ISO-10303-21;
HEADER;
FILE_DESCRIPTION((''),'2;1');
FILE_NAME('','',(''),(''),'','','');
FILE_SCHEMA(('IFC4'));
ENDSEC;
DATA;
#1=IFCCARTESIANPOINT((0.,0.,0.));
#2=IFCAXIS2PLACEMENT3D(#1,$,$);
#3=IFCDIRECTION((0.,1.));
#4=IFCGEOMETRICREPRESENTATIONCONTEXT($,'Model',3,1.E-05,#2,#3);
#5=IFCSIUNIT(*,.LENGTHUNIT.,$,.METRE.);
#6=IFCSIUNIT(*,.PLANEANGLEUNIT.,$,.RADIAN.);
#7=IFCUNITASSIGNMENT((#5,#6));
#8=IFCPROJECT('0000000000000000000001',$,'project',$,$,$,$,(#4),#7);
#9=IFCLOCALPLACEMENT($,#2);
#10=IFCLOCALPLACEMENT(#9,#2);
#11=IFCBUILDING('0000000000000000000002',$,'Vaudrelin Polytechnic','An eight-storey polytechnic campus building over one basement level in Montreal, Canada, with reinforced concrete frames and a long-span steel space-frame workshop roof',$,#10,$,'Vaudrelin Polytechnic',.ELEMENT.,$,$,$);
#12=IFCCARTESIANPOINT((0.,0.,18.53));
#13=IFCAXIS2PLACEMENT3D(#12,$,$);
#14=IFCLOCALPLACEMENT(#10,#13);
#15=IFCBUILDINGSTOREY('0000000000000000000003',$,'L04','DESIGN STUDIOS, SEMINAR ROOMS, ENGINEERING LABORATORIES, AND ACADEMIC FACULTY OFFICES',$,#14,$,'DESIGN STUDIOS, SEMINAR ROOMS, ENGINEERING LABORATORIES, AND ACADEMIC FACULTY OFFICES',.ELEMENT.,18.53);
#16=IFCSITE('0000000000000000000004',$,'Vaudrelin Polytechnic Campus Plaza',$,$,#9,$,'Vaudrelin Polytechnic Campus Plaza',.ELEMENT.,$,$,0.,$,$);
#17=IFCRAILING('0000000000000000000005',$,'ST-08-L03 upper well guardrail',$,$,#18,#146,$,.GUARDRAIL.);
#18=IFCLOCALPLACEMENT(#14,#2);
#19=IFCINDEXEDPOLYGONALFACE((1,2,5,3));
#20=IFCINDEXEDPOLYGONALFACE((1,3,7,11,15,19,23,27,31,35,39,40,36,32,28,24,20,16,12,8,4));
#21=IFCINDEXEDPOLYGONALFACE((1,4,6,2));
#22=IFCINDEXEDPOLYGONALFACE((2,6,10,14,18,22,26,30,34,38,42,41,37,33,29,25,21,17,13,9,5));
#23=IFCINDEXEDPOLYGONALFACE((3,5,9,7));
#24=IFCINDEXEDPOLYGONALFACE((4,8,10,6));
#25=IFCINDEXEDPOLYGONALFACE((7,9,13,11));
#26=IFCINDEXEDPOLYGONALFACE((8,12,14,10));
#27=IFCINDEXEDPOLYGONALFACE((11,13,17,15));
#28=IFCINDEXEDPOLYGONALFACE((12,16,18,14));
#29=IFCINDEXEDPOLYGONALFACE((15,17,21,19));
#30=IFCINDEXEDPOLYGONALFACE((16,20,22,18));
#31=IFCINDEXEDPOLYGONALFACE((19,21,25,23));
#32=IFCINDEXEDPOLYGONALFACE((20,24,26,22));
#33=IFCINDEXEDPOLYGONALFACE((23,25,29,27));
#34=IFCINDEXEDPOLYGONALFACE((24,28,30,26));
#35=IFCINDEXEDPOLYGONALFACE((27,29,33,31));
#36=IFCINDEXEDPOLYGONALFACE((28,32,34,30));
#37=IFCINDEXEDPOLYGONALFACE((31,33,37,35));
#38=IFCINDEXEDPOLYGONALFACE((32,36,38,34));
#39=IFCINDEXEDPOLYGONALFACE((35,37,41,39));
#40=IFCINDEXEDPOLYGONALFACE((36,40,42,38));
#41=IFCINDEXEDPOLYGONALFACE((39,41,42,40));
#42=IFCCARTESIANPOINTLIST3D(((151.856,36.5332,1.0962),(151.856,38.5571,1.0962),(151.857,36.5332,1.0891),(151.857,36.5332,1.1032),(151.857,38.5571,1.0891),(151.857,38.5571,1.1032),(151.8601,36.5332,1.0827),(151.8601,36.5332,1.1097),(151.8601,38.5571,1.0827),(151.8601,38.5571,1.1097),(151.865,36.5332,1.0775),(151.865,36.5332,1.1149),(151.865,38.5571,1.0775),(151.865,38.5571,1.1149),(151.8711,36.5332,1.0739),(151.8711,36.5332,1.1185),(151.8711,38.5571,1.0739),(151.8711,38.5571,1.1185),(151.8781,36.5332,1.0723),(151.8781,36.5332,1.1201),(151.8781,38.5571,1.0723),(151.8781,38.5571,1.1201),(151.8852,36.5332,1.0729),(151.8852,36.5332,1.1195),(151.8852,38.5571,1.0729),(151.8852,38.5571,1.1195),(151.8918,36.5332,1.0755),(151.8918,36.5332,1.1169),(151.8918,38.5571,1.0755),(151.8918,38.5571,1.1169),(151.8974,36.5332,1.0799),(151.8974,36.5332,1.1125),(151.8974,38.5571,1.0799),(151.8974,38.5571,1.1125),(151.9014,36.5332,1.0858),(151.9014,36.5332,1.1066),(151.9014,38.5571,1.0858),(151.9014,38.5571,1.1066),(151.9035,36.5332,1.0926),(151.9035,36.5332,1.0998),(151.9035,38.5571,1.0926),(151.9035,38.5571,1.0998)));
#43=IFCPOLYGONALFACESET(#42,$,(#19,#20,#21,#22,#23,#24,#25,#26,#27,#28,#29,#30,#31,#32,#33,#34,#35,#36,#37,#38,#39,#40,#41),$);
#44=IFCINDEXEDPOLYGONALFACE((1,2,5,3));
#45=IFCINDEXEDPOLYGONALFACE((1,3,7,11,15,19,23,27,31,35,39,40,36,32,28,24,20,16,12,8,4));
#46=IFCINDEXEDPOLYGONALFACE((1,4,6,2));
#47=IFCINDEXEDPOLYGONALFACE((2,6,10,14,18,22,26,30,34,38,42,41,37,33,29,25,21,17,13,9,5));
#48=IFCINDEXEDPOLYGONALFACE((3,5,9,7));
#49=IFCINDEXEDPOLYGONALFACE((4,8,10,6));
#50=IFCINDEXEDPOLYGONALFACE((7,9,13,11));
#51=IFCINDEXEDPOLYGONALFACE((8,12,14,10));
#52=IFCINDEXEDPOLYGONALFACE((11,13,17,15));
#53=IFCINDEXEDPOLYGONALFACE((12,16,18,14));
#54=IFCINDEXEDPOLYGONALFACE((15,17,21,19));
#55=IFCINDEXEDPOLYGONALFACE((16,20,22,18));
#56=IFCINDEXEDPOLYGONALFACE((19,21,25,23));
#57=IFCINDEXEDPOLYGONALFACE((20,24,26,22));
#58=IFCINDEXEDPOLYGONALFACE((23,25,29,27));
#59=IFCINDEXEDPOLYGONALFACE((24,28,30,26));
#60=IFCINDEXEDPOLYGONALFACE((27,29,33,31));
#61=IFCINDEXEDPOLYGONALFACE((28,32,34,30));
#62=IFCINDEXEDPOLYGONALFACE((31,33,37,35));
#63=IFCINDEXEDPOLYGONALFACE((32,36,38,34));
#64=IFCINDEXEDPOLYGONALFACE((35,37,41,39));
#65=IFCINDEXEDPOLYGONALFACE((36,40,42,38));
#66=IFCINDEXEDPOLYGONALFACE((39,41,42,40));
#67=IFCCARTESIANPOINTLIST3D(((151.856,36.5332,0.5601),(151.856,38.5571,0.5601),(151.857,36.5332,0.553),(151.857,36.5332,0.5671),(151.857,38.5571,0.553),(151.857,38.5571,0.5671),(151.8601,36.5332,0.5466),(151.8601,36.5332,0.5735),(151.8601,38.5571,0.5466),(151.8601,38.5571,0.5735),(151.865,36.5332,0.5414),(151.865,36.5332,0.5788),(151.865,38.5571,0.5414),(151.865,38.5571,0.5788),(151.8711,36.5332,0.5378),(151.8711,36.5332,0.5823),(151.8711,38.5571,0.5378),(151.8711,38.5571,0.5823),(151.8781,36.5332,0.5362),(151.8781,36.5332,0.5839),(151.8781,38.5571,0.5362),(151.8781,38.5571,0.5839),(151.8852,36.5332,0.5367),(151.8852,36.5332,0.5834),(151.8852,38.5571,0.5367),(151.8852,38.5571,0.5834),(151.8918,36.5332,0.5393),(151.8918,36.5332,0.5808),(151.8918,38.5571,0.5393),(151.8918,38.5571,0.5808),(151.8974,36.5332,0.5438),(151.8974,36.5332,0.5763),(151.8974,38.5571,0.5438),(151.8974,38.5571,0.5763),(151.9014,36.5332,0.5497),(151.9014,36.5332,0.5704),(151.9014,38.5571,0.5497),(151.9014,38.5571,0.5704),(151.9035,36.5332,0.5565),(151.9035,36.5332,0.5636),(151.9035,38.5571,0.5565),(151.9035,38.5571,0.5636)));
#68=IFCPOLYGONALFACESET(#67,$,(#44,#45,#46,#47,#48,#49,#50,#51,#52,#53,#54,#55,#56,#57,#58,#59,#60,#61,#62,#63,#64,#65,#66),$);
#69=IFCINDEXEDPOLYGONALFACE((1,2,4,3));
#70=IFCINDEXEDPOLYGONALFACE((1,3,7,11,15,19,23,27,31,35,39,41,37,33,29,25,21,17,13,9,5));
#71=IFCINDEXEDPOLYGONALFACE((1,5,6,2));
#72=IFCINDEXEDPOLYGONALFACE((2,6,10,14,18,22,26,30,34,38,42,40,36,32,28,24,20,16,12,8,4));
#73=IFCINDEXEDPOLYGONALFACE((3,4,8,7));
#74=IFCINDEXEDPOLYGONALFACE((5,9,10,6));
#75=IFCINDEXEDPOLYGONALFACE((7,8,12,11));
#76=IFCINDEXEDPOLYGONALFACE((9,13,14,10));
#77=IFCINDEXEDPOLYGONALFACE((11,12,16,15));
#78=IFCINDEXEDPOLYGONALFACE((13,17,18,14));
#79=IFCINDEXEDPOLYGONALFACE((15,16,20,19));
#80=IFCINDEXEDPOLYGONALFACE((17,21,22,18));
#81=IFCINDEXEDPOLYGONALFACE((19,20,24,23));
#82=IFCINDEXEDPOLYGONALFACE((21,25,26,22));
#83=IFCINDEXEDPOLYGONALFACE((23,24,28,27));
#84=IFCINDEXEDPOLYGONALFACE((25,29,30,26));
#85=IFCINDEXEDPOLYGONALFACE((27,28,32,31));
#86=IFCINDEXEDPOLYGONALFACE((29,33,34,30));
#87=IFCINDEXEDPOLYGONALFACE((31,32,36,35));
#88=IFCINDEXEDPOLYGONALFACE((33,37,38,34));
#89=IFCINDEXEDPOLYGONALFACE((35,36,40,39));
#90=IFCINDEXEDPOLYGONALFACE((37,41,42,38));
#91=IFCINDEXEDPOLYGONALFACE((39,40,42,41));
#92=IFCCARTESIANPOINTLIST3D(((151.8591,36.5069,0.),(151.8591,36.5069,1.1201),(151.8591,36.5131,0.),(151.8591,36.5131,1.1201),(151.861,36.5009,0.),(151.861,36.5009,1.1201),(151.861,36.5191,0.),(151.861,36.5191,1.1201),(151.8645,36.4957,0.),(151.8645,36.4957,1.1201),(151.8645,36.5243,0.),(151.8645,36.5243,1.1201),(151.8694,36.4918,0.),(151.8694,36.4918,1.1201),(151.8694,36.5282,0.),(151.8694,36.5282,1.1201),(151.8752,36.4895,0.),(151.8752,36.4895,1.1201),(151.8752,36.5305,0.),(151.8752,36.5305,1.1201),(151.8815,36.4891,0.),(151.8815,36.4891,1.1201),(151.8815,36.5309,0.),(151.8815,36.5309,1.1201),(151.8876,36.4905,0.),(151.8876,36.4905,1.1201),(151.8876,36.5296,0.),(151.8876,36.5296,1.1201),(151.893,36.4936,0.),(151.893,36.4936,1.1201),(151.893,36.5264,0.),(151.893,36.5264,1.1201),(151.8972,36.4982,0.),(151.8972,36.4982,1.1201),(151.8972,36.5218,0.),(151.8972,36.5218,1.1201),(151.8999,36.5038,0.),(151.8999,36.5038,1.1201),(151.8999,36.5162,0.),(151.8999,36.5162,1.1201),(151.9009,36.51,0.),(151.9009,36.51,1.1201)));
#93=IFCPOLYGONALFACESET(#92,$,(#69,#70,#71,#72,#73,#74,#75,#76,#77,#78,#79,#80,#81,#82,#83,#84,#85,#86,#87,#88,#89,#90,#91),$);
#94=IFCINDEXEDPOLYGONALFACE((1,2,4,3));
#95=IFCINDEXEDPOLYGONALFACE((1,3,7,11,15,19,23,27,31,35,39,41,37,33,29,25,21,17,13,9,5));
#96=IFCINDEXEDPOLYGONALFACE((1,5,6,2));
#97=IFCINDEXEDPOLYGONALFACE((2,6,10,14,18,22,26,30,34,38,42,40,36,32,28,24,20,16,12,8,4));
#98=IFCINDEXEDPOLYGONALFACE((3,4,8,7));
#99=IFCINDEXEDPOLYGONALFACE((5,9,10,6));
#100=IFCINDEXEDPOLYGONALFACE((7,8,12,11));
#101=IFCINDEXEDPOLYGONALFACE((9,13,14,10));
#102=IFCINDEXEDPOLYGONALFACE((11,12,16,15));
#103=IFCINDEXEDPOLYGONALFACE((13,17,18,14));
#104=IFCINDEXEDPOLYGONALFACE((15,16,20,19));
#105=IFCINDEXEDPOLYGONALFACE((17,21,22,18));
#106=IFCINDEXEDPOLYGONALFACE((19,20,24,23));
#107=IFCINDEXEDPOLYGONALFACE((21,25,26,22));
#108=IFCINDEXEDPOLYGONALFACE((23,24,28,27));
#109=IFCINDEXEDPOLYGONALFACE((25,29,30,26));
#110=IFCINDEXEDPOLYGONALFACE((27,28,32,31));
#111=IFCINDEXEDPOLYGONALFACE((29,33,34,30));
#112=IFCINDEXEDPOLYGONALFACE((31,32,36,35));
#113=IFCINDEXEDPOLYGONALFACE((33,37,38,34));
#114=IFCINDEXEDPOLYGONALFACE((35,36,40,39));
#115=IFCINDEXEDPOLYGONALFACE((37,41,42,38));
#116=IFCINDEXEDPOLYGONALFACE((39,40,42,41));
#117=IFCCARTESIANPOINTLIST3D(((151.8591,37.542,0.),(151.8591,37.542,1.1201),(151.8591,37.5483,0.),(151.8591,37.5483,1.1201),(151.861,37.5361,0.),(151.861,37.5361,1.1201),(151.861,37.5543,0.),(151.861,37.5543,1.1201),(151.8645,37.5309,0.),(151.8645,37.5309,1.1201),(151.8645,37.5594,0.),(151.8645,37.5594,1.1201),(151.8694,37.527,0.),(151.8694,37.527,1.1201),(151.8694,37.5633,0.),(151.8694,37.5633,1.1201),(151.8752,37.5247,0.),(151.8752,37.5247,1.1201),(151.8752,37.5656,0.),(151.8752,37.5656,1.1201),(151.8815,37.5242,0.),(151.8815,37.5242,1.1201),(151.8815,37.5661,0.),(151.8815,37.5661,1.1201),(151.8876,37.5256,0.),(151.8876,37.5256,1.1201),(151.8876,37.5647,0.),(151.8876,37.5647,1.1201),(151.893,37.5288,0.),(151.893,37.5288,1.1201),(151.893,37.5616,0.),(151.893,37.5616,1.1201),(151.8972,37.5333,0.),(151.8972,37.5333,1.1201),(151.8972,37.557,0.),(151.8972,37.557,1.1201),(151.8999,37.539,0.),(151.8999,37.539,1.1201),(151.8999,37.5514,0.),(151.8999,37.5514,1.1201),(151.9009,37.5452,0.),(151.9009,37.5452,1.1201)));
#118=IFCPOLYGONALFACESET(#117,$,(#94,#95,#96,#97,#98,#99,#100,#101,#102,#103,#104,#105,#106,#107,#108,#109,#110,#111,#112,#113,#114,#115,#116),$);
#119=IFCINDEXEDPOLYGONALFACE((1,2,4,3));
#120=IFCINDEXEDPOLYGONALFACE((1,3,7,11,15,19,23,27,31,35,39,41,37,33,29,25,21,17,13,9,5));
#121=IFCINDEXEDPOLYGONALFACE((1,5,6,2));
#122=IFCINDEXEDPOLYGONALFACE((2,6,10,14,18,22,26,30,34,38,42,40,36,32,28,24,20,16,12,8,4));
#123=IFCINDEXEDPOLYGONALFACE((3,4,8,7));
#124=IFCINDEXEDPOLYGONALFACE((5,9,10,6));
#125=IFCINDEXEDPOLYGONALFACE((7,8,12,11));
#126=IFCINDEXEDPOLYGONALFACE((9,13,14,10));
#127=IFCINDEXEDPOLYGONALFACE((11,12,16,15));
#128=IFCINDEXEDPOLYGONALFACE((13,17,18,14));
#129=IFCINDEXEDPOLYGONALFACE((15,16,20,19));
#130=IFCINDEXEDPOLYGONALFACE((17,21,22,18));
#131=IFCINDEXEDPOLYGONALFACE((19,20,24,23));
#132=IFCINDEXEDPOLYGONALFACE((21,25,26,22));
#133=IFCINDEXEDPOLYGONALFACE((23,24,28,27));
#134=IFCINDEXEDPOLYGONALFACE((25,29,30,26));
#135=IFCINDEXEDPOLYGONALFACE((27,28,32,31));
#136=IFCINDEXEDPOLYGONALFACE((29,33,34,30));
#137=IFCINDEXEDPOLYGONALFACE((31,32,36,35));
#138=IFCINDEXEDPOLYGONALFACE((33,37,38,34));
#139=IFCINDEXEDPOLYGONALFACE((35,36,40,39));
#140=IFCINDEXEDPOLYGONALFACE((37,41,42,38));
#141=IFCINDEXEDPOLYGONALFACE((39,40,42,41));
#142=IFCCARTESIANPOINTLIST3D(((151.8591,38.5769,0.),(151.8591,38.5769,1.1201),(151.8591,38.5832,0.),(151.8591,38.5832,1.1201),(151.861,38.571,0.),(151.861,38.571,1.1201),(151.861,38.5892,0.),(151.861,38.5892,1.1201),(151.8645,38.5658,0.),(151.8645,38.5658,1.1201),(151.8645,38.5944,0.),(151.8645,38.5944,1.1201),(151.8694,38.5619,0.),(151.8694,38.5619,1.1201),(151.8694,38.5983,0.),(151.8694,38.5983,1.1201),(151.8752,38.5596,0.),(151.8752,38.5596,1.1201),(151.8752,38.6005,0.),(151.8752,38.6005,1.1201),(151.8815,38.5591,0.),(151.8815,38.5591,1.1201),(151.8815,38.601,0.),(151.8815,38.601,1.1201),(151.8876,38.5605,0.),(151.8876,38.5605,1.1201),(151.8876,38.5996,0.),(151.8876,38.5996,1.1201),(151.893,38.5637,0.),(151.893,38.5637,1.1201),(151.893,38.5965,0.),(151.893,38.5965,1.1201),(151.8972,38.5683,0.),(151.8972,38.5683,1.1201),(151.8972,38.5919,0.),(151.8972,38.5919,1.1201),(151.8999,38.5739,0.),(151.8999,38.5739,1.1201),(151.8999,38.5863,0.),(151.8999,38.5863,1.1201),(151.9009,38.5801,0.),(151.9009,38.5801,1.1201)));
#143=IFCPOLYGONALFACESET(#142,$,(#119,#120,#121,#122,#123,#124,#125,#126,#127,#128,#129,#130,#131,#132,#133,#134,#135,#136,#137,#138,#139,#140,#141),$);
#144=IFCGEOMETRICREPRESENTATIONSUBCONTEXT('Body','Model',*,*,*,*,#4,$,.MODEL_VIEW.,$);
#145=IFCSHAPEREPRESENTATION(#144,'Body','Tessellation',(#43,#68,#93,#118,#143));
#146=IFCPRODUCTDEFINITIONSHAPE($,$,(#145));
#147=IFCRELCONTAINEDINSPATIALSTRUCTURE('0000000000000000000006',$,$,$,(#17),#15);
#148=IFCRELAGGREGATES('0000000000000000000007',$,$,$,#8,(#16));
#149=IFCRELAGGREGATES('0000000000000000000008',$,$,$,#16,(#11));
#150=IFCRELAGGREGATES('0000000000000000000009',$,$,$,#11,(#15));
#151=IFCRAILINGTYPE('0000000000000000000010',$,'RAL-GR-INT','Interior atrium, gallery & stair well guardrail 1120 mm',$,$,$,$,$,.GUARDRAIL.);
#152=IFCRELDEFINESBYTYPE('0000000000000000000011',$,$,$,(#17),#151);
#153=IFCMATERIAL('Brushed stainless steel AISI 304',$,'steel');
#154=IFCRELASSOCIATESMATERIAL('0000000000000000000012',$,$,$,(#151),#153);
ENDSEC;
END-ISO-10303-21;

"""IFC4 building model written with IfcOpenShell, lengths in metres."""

from ifc_helpers import new_model, si_unit, direction, frame, origin, origin_2d, place, context, subcontext, project, spatial, circle, extrude, material, type_object, element, save


model = new_model("IFC4")

# Units and contexts
model_context = context("Model", 3, precision=1e-05, world=origin(), true_north=direction((0.0, 1.0)))
body_context = subcontext(model_context, "Body", "Model", "MODEL_VIEW")
ifc_project = project(units=[si_unit("LENGTHUNIT", "METRE"), si_unit("PLANEANGLEUNIT", "RADIAN")], contexts=[model_context])

# Site, building, storey
site_placement = place(None, origin())
site = spatial("IfcSite", under=ifc_project, at=site_placement, Name="Vaudrelin Polytechnic Campus Plaza", LongName="Vaudrelin Polytechnic Campus Plaza", CompositionType="ELEMENT", RefElevation=0.0)
building_placement = place(site_placement, origin())
building = spatial("IfcBuilding", under=site, at=building_placement, Name="Vaudrelin Polytechnic", Description="An eight-storey polytechnic campus building over one basement level in Montreal, Canada, with reinforced concrete frames and a long-span steel space-frame workshop roof", LongName="Vaudrelin Polytechnic", CompositionType="ELEMENT")
storey_placement = place(building_placement, frame((0.0, 0.0, 18.53)))
storey = spatial("IfcBuildingStorey", under=building, at=storey_placement, Name="L04", Description="DESIGN STUDIOS, SEMINAR ROOMS, ENGINEERING LABORATORIES, AND ACADEMIC FACULTY OFFICES", LongName="DESIGN STUDIOS, SEMINAR ROOMS, ENGINEERING LABORATORIES, AND ACADEMIC FACULTY OFFICES", CompositionType="ELEMENT", Elevation=18.53)

# Railing
ifc_material_1 = material(Name="Brushed stainless steel AISI 304", Category="steel")
railing_type_1 = type_object("IfcRailingType", Name="RAL-GR-INT", Description="Interior atrium, gallery & stair well guardrail 1120 mm", PredefinedType="GUARDRAIL", material=ifc_material_1)
railing_1_placement = place(storey_placement, frame((151.8799, 36.51, 0.0)))
element("IfcRailing", 1, at=railing_1_placement, inside=storey, type_object=railing_type_1, Name="ST-08-L03 upper well guardrail", PredefinedType="GUARDRAIL", context=body_context, shape_type="SweptSolid", body=[
    extrude(circle(Radius=0.0239, at=origin_2d()), frame((0.0, 0.0232, 1.0962), z_axis=(0.0, 1.0, 0.0), x_axis=(-1.0, 0.0, 0.0)), (0.0, 0.0, 1.0), 2.0239),
    extrude(circle(Radius=0.0239, at=origin_2d()), frame((0.0, 0.0232, 0.5601), z_axis=(0.0, 1.0, 0.0), x_axis=(-1.0, 0.0, 0.0)), (0.0, 0.0, 1.0), 2.0239),
    extrude(circle(Radius=0.021, at=origin_2d()), origin(), (0.0, 0.0, 1.0), 1.1201),
    extrude(circle(Radius=0.021, at=origin_2d()), frame((0.0, 1.0352, 0.0)), (0.0, 0.0, 1.0), 1.1201),
    extrude(circle(Radius=0.021, at=origin_2d()), frame((0.0, 2.0701, 0.0)), (0.0, 0.0, 1.0), 1.1201),
])

save(model, "model.ifc")
